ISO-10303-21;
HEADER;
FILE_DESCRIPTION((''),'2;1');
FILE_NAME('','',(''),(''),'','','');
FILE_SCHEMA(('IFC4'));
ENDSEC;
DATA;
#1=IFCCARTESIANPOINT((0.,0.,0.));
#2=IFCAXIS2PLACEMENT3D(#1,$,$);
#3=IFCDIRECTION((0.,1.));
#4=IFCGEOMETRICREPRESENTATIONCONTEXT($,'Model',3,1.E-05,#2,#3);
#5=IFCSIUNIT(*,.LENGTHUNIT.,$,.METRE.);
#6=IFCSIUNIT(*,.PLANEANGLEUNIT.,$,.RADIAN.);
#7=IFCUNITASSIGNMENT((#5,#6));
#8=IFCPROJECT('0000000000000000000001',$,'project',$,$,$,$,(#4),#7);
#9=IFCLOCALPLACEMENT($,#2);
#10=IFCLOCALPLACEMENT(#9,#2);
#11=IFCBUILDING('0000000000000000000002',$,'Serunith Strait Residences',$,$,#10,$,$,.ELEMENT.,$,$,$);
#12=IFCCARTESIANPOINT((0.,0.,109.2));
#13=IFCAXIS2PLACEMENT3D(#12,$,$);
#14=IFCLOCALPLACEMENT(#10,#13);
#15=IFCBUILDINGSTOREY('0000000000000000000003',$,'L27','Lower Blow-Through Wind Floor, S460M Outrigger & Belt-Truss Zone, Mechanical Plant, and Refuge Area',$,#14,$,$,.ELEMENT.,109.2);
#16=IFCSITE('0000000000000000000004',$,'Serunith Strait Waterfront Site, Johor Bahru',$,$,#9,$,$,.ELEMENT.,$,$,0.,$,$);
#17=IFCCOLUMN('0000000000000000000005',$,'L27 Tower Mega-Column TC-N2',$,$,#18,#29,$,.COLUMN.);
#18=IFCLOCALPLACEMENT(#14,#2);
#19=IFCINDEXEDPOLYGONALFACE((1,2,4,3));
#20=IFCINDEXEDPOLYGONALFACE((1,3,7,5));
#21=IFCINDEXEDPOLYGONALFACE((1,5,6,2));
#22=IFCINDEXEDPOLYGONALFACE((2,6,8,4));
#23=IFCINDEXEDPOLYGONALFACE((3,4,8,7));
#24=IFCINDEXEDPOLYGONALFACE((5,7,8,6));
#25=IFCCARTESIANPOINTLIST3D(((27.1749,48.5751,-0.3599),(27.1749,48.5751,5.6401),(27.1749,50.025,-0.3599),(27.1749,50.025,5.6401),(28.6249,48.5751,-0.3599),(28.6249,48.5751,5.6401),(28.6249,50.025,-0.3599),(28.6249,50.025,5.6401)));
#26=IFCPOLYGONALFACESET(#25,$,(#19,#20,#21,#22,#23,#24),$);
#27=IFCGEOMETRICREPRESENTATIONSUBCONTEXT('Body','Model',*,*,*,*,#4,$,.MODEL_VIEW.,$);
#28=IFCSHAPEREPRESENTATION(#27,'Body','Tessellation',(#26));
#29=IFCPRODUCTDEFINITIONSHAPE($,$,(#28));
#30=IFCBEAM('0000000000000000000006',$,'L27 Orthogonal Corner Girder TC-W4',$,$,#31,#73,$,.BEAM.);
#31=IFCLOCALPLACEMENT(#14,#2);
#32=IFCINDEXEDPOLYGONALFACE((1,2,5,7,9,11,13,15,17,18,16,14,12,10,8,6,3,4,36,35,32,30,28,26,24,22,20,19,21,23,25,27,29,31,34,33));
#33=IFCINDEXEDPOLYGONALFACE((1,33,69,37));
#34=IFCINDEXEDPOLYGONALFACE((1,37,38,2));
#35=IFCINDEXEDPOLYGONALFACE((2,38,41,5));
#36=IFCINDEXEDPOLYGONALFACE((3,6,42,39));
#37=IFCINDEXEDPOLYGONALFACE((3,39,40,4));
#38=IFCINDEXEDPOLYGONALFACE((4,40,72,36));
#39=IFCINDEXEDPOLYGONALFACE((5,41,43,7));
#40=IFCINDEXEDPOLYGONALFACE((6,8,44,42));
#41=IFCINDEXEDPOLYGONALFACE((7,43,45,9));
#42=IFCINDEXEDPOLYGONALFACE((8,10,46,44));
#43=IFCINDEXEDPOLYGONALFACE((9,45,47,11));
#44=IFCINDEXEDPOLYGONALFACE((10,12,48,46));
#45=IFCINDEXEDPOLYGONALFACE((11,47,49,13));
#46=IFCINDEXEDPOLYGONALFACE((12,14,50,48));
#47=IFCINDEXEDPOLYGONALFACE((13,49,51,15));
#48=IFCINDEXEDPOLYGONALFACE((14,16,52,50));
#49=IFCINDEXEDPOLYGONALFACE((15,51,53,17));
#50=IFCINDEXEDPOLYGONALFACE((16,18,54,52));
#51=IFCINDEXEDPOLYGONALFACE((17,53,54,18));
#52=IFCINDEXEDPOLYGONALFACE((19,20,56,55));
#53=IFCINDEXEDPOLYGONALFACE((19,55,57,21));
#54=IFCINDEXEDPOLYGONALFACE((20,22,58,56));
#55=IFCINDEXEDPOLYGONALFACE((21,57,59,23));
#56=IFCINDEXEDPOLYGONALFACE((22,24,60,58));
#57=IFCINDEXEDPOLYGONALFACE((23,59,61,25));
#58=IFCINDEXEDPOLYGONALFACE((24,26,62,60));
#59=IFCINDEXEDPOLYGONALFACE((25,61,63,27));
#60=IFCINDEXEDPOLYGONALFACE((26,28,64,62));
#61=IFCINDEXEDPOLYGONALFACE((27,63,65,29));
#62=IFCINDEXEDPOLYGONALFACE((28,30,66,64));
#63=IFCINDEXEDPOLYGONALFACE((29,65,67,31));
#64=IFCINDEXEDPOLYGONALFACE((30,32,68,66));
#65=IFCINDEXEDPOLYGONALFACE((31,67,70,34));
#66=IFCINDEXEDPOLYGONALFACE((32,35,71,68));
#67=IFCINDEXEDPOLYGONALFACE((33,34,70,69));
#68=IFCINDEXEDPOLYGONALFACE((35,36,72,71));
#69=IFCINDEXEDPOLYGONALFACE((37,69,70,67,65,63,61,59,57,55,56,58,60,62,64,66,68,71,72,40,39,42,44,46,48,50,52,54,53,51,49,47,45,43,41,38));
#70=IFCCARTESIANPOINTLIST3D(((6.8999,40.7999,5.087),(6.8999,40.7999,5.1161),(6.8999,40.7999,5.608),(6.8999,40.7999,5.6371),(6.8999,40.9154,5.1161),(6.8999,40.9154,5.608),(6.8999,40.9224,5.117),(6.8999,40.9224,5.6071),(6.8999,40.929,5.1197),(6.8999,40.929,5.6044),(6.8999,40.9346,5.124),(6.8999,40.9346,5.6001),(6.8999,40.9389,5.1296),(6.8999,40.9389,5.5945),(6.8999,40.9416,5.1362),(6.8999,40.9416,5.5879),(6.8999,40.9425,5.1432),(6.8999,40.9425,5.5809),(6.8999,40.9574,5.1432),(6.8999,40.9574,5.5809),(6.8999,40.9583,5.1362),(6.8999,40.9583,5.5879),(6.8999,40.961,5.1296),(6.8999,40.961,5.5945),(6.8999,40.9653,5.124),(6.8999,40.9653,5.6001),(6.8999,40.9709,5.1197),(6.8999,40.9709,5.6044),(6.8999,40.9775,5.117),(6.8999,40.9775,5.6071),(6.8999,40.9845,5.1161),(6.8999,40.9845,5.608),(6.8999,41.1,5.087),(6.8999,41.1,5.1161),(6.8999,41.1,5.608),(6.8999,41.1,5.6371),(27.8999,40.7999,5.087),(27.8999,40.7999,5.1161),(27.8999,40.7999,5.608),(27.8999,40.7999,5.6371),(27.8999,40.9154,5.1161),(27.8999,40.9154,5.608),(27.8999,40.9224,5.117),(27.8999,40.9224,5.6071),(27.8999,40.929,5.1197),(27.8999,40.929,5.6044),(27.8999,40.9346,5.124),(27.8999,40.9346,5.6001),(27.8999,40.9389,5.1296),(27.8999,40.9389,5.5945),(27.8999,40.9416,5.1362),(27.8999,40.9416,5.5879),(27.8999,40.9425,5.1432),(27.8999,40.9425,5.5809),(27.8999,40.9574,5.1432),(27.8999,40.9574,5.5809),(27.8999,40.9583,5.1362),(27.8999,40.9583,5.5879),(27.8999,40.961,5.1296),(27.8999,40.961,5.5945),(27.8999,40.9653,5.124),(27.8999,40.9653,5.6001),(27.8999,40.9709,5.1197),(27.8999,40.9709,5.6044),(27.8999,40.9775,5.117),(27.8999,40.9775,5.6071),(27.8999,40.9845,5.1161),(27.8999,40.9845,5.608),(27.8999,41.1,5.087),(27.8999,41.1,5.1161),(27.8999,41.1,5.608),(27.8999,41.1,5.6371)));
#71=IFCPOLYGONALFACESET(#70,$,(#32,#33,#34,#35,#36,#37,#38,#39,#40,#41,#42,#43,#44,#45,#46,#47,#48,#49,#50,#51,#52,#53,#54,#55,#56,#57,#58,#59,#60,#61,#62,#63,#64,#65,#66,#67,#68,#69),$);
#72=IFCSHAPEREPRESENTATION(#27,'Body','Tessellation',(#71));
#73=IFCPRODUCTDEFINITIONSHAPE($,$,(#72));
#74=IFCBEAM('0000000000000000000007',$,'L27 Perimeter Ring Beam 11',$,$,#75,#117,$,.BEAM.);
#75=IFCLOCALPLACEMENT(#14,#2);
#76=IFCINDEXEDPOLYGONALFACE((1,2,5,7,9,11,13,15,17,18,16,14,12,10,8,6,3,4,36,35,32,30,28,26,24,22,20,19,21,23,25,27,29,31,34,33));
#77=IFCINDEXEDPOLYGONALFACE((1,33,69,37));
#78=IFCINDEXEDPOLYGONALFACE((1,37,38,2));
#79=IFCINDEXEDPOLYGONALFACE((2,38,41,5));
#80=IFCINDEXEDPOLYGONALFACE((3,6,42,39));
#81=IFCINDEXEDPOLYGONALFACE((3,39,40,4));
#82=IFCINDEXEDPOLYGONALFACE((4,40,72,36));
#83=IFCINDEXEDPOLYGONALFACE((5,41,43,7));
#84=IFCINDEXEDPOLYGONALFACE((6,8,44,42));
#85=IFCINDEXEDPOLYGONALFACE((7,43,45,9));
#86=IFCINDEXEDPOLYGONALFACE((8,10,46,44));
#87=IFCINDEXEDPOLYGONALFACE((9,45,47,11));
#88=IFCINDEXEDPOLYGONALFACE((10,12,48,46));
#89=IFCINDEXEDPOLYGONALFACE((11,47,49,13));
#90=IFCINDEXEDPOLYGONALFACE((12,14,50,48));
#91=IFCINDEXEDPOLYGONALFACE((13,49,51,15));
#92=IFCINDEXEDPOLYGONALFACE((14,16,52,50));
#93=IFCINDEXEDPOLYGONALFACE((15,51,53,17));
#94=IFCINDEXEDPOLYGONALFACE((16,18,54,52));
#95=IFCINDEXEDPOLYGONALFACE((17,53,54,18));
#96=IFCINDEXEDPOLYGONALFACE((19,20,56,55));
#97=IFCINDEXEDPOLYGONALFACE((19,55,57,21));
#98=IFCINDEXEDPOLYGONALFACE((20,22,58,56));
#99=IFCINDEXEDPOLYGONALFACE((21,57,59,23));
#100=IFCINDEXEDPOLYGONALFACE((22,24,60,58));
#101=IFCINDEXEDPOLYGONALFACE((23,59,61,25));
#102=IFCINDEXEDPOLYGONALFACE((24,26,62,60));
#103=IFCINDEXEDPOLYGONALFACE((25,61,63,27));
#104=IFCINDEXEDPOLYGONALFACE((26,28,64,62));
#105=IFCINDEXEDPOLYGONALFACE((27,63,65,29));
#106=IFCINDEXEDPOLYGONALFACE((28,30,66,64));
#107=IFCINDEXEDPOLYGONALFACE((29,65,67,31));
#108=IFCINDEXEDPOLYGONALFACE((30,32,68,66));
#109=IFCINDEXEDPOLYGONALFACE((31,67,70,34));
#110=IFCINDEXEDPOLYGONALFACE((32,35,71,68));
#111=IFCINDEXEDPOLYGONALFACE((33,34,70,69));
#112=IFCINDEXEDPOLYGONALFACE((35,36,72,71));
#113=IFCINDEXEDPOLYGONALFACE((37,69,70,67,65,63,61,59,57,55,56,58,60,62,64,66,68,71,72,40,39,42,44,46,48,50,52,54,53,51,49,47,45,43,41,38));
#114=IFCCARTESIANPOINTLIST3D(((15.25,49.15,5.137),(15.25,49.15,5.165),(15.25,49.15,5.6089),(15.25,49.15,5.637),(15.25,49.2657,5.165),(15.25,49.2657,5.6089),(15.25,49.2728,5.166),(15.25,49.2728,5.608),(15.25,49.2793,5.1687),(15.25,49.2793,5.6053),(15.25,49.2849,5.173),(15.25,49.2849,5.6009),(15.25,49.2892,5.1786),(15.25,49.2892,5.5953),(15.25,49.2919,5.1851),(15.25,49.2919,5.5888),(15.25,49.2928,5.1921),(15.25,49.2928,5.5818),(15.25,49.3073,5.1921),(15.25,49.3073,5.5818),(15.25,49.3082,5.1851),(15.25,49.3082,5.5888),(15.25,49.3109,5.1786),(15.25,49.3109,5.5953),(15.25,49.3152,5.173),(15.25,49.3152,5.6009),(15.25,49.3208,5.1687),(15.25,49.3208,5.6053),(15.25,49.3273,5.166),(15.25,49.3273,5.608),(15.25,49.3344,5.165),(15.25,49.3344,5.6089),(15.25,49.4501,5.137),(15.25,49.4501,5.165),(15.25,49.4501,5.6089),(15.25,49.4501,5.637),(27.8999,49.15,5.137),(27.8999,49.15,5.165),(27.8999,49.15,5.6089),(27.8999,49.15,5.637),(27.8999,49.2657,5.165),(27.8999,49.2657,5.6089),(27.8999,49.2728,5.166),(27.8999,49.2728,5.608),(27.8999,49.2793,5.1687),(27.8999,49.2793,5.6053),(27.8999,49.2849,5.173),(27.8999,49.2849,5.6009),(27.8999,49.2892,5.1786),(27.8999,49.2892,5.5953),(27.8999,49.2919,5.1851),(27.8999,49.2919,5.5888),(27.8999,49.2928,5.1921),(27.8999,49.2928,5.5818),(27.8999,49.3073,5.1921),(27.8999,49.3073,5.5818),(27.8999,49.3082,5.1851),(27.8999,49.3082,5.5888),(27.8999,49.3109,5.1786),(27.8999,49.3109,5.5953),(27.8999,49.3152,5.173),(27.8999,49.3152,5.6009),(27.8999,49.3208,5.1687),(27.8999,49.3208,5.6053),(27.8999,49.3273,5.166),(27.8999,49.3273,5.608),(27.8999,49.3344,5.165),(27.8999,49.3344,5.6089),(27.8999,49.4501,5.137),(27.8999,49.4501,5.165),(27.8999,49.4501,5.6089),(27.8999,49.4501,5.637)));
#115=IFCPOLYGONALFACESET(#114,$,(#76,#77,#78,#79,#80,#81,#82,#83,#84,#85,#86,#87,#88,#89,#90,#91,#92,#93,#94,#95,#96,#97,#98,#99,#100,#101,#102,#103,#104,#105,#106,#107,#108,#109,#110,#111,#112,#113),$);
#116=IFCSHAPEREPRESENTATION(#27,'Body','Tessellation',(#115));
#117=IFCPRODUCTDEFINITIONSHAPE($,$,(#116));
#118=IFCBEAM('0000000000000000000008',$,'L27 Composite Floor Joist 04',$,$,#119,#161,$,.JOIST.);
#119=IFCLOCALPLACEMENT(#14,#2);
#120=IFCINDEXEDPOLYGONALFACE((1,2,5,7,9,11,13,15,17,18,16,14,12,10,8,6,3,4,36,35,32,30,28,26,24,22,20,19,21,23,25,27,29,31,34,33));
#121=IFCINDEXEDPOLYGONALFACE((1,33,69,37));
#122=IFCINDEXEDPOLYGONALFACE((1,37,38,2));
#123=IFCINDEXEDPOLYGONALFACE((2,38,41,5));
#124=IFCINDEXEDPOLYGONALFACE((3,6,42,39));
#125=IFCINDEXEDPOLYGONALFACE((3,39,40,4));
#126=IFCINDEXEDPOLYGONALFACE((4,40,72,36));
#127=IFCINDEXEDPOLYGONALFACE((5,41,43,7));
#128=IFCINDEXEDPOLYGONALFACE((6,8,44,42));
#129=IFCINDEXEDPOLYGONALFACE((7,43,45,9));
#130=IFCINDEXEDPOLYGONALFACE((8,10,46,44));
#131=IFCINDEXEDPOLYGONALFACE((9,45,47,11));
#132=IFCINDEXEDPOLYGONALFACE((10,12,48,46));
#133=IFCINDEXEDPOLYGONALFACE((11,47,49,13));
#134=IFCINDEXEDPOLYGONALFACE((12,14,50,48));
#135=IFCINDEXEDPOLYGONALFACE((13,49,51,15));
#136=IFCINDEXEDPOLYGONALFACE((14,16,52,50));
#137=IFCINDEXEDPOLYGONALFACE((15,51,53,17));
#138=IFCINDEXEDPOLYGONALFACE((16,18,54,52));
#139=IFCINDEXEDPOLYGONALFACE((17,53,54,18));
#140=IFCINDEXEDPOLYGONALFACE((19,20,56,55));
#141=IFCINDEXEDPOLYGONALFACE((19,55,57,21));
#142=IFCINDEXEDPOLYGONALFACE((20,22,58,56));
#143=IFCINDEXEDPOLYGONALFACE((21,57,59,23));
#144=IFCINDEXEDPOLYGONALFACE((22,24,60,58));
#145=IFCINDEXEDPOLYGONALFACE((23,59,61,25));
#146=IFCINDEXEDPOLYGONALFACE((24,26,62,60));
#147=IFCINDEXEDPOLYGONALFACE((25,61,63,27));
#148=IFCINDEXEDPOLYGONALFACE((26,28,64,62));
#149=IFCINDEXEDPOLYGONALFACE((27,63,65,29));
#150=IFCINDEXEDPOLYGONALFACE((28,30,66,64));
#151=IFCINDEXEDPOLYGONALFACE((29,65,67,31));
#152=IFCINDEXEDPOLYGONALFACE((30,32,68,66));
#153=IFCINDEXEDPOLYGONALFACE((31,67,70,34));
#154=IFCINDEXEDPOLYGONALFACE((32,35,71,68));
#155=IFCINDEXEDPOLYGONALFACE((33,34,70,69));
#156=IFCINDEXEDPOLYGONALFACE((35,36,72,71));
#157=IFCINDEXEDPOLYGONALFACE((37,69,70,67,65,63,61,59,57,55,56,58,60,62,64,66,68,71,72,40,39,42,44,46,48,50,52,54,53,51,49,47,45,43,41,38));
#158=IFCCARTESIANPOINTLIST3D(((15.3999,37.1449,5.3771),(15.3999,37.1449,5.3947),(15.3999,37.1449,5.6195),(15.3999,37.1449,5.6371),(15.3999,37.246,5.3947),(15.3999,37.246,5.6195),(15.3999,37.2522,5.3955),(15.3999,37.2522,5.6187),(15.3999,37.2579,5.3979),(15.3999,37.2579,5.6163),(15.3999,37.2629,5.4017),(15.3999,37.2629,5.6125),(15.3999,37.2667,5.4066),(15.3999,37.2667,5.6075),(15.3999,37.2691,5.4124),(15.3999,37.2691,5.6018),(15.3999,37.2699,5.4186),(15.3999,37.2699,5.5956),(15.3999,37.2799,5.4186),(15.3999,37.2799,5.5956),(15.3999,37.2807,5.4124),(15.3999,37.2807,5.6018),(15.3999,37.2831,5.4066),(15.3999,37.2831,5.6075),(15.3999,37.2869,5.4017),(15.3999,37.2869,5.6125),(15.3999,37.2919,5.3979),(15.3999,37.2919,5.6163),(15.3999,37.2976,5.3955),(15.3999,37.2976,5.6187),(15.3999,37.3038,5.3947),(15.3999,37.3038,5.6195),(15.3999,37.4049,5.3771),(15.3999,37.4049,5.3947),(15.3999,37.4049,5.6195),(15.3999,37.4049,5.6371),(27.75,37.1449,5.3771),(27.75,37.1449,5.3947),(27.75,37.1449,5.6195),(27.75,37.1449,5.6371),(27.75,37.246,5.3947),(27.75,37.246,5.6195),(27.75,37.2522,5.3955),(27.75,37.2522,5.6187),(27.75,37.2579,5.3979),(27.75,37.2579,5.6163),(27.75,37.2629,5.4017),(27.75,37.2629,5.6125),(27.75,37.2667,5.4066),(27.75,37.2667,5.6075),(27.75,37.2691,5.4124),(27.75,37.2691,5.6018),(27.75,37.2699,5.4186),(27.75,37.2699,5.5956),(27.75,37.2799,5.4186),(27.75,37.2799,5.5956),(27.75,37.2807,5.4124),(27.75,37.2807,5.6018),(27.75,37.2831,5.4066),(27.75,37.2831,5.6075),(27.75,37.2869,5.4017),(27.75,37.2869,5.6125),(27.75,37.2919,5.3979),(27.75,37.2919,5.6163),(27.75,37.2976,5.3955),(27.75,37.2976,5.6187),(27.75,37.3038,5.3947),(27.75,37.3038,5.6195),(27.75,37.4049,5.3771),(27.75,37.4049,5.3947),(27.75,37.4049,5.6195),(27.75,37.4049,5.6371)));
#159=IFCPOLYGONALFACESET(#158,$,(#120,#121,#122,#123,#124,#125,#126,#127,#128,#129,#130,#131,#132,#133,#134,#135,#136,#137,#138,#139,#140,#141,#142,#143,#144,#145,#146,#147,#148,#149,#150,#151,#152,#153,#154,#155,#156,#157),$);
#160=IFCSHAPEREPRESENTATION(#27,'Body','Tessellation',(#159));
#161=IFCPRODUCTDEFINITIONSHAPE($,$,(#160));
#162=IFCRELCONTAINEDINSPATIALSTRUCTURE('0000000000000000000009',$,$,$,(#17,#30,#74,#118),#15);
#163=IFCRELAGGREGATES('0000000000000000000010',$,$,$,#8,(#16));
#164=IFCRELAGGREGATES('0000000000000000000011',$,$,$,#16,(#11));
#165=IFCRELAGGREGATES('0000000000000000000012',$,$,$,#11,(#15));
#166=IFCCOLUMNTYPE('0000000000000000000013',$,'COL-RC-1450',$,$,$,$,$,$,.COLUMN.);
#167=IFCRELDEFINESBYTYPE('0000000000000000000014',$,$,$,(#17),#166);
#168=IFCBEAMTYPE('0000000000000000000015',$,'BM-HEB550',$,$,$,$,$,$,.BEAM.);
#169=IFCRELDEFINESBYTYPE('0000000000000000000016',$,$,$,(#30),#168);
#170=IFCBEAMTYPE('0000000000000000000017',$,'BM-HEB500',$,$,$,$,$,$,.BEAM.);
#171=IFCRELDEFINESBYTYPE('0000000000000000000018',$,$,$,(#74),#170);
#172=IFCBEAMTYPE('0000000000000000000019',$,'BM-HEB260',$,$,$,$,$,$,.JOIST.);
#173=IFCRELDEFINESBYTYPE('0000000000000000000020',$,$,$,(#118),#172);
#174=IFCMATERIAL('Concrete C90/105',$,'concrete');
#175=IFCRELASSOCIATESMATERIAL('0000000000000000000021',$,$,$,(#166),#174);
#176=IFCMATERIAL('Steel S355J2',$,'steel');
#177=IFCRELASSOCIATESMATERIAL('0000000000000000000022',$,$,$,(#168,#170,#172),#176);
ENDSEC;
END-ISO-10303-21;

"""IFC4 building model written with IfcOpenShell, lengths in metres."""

from ifc_helpers import new_model, si_unit, direction, frame, origin, origin_2d, place, context, subcontext, project, spatial, rectangle, i_section, extrude, source, transform, mapped, material, material_profile, profile_set, type_object, element, save


model = new_model("IFC4")

# Units and contexts
model_context = context("Model", 3, precision=1e-05, world=origin(), true_north=direction((0.0, 1.0)))
body_context = subcontext(model_context, "Body", "Model", "MODEL_VIEW")
ifc_project = project(units=[si_unit("LENGTHUNIT", "METRE"), si_unit("PLANEANGLEUNIT", "RADIAN")], contexts=[model_context])

# Site, building, storey
site_placement = place(None, origin())
site = spatial("IfcSite", under=ifc_project, at=site_placement, Name="Serunith Strait Waterfront Site, Johor Bahru", CompositionType="ELEMENT", RefElevation=0.0)
building_placement = place(site_placement, origin())
building = spatial("IfcBuilding", under=site, at=building_placement, Name="Serunith Strait Residences", CompositionType="ELEMENT")
storey_placement = place(building_placement, frame((0.0, 0.0, 109.2)))
storey = spatial("IfcBuildingStorey", under=building, at=storey_placement, Name="L27", Description="Lower Blow-Through Wind Floor, S460M Outrigger & Belt-Truss Zone, Mechanical Plant, and Refuge Area", CompositionType="ELEMENT", Elevation=109.2)

# Column
ifc_material_1 = material(Name="Concrete C90/105", Category="concrete")
ifc_material_profile_1 = material_profile(ifc_material_1, rectangle(XDim=1.45, YDim=1.45, at=origin_2d()), Name="RC 1450x1450")
ifc_profile_set_1 = profile_set([ifc_material_profile_1], Name="Concrete C90/105")
column_type = type_object("IfcColumnType", Name="COL-RC-1450", PredefinedType="COLUMN", material=ifc_profile_set_1)
shared_shape_1 = source(origin(), body_context, "Body", "SweptSolid", [
    extrude(rectangle(XDim=1.45, YDim=1.45, at=origin_2d()), origin(), (0.0, 0.0, 1.0), 6.0),
])
column_placement = place(storey_placement, frame((27.8999, 49.3, -0.3599), z_axis=(0.0, 0.0, 1.0), x_axis=(1.0, 0.0, 0.0)))
element("IfcColumn", 1, at=column_placement, inside=storey, type_object=column_type, Name="L27 Tower Mega-Column TC-N2", PredefinedType="COLUMN", context=body_context, shape_type="MappedRepresentation", body=[
    mapped(shared_shape_1, transform((0.0, 0.0, 0.0), scale=1.0)),
])

# Beams
ifc_material_2 = material(Name="Steel S355J2", Category="steel")
ifc_material_profile_2 = material_profile(ifc_material_2, i_section(OverallWidth=0.3, OverallDepth=0.55, WebThickness=0.0149, FlangeThickness=0.0291, FilletRadius=0.0271, at=origin_2d()), Name="HEB 550")
ifc_profile_set_2 = profile_set([ifc_material_profile_2], Name="Steel S355J2")
beam_type_1 = type_object("IfcBeamType", Name="BM-HEB550", PredefinedType="BEAM", material=ifc_profile_set_2)
shared_shape_2 = source(origin(), body_context, "Body", "SweptSolid", [
    extrude(i_section(OverallWidth=0.3, OverallDepth=0.55, WebThickness=0.0149, FlangeThickness=0.0291, FilletRadius=0.0271, at=origin_2d()), origin(), (0.0, 0.0, 1.0), 21.0),
])
beam_1_placement = place(storey_placement, frame((27.8999, 40.95, 5.3621), z_axis=(-1.0, 0.0, 0.0), x_axis=(0.0, -1.0, 0.0)))
element("IfcBeam", 2, at=beam_1_placement, inside=storey, type_object=beam_type_1, Name="L27 Orthogonal Corner Girder TC-W4", PredefinedType="BEAM", context=body_context, shape_type="MappedRepresentation", body=[
    mapped(shared_shape_2, transform((0.0, 0.0, 0.0), scale=1.0)),
])
ifc_material_profile_3 = material_profile(ifc_material_2, i_section(OverallWidth=0.3, OverallDepth=0.5, WebThickness=0.0144, FlangeThickness=0.0281, FilletRadius=0.0271, at=origin_2d()), Name="HEB 500")
ifc_profile_set_3 = profile_set([ifc_material_profile_3], Name="Steel S355J2")
beam_type_2 = type_object("IfcBeamType", Name="BM-HEB500", PredefinedType="BEAM", material=ifc_profile_set_3)
shared_shape_3 = source(origin(), body_context, "Body", "SweptSolid", [
    extrude(i_section(OverallWidth=0.3, OverallDepth=0.5, WebThickness=0.0144, FlangeThickness=0.0281, FilletRadius=0.0271, at=origin_2d()), origin(), (0.0, 0.0, 1.0), 12.6499),
])
beam_2_placement = place(storey_placement, frame((27.8999, 49.3, 5.387), z_axis=(-1.0, 0.0, 0.0), x_axis=(0.0, -1.0, 0.0)))
element("IfcBeam", 3, at=beam_2_placement, inside=storey, type_object=beam_type_2, Name="L27 Perimeter Ring Beam 11", PredefinedType="BEAM", context=body_context, shape_type="MappedRepresentation", body=[
    mapped(shared_shape_3, transform((0.0, 0.0, 0.0), scale=1.0)),
])
ifc_material_profile_4 = material_profile(ifc_material_2, i_section(OverallWidth=0.26, OverallDepth=0.26, WebThickness=0.01, FlangeThickness=0.0176, FilletRadius=0.0239, at=origin_2d()), Name="HEB 260")
ifc_profile_set_4 = profile_set([ifc_material_profile_4], Name="Steel S355J2")
beam_type_3 = type_object("IfcBeamType", Name="BM-HEB260", PredefinedType="JOIST", material=ifc_profile_set_4)
shared_shape_4 = source(origin(), body_context, "Body", "SweptSolid", [
    extrude(i_section(OverallWidth=0.26, OverallDepth=0.26, WebThickness=0.01, FlangeThickness=0.0176, FilletRadius=0.0239, at=origin_2d()), origin(), (0.0, 0.0, 1.0), 12.3501),
])
beam_3_placement = place(storey_placement, frame((15.3999, 37.2749, 5.5071), z_axis=(1.0, 0.0, 0.0), x_axis=(0.0, 1.0, 0.0)))
element("IfcBeam", 4, at=beam_3_placement, inside=storey, type_object=beam_type_3, Name="L27 Composite Floor Joist 04", PredefinedType="JOIST", context=body_context, shape_type="MappedRepresentation", body=[
    mapped(shared_shape_4, transform((0.0, 0.0, 0.0), scale=1.0)),
])

save(model, "model.ifc")
